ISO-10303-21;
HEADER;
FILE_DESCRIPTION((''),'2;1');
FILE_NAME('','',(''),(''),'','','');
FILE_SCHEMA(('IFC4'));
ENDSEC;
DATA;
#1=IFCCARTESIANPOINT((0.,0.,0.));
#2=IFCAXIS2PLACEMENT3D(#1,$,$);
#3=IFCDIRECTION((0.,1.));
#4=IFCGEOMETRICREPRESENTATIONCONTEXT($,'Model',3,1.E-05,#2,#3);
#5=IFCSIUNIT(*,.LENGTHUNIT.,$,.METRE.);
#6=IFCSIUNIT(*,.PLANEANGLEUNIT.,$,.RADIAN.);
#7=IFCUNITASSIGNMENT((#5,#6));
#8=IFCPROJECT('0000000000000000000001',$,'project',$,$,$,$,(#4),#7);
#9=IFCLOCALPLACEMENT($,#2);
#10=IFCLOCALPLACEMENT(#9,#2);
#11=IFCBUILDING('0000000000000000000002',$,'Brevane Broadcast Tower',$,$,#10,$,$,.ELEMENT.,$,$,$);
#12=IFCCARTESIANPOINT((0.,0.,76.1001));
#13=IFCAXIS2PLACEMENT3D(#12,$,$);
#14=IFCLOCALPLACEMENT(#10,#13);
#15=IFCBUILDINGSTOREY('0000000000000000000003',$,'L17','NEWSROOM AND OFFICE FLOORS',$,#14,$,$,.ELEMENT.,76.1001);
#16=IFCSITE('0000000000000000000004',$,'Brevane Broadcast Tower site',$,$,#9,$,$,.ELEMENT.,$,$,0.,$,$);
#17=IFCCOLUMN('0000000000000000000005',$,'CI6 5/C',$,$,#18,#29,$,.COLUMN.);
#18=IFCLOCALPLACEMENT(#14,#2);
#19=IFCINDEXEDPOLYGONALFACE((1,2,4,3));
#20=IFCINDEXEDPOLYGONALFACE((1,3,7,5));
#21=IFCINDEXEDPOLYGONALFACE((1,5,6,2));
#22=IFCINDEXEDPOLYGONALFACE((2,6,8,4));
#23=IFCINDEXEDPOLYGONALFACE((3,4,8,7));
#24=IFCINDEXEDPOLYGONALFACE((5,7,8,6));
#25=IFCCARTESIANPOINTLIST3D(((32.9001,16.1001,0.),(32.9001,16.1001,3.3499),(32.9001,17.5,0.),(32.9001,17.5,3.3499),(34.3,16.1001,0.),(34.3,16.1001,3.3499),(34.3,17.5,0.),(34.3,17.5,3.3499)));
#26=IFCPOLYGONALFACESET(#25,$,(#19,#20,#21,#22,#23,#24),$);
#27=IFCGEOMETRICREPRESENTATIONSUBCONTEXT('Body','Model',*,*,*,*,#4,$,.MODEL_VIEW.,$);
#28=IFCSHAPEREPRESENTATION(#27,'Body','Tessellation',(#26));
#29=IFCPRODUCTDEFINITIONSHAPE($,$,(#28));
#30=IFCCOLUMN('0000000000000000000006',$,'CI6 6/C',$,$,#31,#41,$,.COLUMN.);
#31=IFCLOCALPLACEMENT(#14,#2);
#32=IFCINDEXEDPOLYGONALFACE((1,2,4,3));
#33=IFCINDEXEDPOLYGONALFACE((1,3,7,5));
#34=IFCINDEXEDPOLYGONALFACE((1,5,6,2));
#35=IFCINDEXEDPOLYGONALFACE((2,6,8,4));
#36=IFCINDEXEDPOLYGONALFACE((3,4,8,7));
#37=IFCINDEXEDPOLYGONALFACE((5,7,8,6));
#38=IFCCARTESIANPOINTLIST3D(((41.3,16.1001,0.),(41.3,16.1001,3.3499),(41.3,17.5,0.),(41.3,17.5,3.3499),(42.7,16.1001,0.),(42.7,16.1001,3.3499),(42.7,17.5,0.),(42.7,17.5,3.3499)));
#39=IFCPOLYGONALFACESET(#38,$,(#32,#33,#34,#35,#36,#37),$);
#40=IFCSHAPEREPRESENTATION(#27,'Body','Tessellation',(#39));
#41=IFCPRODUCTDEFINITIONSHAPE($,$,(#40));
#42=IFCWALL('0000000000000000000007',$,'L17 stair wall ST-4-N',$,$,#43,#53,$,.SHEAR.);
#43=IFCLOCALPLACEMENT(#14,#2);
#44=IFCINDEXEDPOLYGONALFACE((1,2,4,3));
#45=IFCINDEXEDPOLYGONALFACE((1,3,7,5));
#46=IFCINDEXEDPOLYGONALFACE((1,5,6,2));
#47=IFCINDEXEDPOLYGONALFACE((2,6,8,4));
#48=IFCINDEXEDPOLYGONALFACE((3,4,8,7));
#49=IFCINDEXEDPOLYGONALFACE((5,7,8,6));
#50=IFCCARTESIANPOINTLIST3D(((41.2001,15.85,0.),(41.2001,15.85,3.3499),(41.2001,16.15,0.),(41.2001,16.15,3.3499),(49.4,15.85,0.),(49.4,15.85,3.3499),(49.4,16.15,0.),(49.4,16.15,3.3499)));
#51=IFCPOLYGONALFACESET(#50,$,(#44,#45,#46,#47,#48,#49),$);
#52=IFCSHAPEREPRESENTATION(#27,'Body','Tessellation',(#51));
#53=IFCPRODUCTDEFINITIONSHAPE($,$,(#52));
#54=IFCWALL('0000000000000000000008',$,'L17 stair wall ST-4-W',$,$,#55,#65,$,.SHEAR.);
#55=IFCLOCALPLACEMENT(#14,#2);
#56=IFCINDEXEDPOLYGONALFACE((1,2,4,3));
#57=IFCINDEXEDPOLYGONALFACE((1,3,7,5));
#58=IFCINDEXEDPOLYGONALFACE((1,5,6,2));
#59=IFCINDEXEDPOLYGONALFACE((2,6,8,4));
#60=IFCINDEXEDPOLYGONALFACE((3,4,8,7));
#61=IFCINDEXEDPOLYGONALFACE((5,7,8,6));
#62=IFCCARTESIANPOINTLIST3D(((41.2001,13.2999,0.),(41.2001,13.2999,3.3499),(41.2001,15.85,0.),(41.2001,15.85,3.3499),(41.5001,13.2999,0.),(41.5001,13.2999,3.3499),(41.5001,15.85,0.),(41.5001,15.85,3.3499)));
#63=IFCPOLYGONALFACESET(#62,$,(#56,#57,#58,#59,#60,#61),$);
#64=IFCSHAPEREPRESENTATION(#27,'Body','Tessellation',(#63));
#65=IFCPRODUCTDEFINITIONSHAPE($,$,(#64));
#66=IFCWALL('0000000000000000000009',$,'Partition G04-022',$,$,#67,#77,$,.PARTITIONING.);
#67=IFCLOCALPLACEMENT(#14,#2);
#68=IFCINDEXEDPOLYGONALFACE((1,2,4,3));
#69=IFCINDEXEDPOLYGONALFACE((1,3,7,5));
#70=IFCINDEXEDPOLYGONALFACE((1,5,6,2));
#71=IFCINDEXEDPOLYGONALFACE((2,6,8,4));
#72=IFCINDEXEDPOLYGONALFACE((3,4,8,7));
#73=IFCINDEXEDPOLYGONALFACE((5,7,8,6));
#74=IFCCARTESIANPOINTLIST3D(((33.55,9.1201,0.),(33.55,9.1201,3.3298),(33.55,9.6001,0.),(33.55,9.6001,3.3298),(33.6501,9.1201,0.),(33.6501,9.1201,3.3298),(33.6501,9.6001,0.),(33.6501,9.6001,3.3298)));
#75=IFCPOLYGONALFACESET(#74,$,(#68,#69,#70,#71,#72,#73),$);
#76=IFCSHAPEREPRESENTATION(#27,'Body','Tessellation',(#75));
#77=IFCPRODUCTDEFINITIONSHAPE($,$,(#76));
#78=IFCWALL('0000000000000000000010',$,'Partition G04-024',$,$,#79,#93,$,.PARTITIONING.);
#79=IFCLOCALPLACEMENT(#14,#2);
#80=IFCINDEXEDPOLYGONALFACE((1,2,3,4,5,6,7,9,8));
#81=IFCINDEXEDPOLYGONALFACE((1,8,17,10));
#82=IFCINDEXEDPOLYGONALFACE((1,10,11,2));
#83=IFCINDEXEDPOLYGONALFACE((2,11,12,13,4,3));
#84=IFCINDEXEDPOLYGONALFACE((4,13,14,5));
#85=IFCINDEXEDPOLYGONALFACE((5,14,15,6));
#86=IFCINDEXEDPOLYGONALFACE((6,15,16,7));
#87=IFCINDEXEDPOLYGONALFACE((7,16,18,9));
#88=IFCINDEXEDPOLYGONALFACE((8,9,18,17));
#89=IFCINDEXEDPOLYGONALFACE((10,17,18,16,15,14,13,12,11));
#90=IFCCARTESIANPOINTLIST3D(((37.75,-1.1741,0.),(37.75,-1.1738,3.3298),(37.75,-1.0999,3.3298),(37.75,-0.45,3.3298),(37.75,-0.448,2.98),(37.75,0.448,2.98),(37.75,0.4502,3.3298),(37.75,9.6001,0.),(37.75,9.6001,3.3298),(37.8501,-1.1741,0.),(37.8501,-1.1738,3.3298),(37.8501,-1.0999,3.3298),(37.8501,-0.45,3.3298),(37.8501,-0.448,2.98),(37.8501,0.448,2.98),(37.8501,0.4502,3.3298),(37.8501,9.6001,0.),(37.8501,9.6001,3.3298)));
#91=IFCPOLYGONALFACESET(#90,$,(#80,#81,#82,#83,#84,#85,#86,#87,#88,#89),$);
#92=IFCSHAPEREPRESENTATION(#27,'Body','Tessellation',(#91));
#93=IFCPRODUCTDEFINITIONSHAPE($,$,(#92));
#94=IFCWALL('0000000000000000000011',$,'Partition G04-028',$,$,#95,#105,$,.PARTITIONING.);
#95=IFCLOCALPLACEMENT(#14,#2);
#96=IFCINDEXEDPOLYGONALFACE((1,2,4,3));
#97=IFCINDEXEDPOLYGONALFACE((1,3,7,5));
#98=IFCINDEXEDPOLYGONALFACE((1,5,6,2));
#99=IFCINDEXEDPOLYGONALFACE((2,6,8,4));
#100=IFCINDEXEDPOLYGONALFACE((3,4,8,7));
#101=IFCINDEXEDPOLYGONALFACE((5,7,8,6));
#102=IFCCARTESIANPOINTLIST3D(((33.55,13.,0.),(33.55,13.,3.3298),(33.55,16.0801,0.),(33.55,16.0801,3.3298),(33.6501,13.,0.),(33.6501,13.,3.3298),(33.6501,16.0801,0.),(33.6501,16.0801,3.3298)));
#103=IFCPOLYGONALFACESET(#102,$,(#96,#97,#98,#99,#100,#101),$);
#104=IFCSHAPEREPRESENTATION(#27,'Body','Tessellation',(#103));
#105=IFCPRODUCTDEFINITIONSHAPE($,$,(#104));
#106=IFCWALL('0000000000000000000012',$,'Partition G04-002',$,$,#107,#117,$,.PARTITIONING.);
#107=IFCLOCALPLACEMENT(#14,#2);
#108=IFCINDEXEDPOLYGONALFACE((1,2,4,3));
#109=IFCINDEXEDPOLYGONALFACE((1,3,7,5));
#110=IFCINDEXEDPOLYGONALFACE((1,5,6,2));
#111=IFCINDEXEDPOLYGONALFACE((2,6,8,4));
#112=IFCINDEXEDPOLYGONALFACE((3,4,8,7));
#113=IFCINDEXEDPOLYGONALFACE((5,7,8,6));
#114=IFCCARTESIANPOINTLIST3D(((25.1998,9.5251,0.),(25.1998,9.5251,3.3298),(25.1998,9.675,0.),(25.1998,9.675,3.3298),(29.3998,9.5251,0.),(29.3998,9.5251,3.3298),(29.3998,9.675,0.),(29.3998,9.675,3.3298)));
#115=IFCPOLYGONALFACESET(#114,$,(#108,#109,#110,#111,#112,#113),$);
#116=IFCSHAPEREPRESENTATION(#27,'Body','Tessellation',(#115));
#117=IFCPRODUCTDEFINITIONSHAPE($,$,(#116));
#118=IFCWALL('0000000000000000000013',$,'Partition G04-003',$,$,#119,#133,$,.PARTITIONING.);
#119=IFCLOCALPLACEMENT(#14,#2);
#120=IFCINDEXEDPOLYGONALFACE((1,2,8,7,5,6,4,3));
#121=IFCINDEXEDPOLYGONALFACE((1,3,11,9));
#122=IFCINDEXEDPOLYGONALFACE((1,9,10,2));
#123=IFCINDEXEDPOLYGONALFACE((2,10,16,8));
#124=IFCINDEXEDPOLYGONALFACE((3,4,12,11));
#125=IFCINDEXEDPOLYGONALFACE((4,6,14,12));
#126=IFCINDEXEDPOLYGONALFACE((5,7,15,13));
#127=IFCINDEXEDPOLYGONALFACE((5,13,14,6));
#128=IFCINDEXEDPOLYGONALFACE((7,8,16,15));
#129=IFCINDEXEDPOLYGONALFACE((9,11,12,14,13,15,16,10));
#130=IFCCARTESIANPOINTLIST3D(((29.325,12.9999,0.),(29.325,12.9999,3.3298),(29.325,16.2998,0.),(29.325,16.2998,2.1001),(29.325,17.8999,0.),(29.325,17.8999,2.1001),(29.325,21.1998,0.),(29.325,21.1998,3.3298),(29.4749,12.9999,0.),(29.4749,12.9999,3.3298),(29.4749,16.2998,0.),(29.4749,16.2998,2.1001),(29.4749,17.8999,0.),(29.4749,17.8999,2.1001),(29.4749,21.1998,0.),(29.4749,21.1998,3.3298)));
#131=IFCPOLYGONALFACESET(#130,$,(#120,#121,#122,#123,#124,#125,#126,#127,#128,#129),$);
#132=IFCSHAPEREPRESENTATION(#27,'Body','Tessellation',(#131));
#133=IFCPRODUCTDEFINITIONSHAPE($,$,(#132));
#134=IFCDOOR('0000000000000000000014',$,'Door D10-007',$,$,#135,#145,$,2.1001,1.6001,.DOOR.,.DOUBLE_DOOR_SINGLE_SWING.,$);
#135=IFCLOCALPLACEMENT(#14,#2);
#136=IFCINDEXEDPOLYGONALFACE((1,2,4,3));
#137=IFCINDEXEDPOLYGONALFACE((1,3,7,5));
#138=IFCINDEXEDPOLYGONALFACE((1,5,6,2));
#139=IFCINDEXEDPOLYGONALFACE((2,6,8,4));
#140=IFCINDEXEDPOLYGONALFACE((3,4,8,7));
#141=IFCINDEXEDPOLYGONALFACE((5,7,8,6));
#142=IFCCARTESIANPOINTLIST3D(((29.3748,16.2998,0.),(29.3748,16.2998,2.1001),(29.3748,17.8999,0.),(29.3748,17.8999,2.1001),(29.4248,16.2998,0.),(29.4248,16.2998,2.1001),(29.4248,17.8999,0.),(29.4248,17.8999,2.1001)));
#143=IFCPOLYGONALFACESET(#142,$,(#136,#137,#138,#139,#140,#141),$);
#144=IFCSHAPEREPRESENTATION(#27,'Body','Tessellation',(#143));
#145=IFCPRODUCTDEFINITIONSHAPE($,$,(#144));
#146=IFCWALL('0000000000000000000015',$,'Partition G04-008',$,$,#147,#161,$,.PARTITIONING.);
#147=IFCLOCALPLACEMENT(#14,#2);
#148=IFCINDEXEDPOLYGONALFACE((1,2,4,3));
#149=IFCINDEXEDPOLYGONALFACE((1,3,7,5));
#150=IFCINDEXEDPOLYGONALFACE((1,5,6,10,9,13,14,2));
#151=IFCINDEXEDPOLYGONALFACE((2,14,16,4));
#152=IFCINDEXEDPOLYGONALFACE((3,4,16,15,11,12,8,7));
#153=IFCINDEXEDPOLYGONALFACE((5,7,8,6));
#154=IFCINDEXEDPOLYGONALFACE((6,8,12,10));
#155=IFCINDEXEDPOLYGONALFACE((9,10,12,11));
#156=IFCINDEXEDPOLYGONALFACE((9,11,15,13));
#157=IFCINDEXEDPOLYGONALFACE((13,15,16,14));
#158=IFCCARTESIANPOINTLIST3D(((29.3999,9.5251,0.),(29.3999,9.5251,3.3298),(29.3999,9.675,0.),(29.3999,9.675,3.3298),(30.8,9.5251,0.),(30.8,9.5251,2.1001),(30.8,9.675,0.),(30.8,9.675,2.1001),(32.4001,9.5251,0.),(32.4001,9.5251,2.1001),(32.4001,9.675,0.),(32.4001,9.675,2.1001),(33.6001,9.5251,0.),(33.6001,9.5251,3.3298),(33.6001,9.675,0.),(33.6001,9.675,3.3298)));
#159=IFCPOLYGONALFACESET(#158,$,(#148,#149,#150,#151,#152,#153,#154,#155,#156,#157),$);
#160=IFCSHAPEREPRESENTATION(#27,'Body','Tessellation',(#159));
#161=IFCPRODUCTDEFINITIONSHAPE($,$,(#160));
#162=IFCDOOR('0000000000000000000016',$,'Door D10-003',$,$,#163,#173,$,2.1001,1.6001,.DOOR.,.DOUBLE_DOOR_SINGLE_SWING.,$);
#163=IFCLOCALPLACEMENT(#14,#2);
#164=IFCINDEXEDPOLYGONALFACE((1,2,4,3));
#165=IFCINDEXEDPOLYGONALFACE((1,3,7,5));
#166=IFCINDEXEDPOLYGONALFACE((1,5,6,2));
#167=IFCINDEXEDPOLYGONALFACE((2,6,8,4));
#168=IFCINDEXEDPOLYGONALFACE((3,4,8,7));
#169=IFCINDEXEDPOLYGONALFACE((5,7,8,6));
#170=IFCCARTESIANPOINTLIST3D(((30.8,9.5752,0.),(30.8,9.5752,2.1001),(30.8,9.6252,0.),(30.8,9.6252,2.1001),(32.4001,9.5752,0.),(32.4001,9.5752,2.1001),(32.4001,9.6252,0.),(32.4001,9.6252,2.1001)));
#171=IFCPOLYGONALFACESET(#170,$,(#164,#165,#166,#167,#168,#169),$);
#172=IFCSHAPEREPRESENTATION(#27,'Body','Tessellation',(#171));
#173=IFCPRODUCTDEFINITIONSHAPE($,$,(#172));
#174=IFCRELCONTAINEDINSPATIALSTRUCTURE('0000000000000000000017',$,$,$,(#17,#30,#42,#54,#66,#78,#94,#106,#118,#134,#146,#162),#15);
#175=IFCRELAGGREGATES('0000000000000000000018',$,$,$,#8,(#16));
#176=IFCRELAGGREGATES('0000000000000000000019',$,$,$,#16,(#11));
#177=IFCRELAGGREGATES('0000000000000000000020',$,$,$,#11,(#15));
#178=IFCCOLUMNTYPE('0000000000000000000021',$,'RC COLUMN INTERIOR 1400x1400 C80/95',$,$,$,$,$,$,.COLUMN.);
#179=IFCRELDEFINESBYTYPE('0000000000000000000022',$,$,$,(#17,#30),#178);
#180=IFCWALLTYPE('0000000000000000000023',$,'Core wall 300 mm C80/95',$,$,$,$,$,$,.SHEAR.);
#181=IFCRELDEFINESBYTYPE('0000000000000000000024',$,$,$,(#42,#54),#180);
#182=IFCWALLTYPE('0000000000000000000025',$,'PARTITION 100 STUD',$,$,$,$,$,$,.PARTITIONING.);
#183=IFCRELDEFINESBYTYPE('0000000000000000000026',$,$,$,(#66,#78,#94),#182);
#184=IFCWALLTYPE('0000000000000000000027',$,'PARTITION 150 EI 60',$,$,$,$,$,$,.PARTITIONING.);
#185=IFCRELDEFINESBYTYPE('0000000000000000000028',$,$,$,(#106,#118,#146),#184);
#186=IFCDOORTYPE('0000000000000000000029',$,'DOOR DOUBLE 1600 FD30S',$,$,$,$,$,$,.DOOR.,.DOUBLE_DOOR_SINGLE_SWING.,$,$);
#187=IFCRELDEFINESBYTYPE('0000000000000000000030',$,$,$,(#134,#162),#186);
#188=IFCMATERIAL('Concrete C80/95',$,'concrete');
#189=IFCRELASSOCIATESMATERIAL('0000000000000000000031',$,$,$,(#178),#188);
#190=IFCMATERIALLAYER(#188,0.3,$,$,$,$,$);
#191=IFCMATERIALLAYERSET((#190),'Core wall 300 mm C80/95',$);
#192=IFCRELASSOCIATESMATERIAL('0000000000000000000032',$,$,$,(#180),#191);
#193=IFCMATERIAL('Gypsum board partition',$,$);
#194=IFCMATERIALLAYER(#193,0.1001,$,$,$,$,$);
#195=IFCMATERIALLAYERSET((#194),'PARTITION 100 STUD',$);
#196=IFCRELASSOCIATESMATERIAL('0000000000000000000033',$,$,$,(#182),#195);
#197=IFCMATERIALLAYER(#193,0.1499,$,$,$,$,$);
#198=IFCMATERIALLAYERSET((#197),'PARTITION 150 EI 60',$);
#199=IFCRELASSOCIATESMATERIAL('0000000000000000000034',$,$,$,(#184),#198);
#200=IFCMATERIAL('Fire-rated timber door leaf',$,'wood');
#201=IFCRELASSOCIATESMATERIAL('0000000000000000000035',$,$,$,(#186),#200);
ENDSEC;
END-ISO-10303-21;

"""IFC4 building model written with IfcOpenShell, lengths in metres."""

from ifc_helpers import new_model, si_unit, direction, frame, frame_2d, origin, origin_2d, place, context, subcontext, project, spatial, polyline, rectangle, outline, extrude, material, layer, layer_set, material_profile, profile_set, type_object, element, fill, save


model = new_model("IFC4")

# Units and contexts
model_context = context("Model", 3, precision=1e-05, world=origin(), true_north=direction((0.0, 1.0)))
body_context = subcontext(model_context, "Body", "Model", "MODEL_VIEW")
ifc_project = project(units=[si_unit("LENGTHUNIT", "METRE"), si_unit("PLANEANGLEUNIT", "RADIAN")], contexts=[model_context])

# Site, building, storey
site_placement = place(None, origin())
site = spatial("IfcSite", under=ifc_project, at=site_placement, Name="Brevane Broadcast Tower site", CompositionType="ELEMENT", RefElevation=0.0)
building_placement = place(site_placement, origin())
building = spatial("IfcBuilding", under=site, at=building_placement, Name="Brevane Broadcast Tower", CompositionType="ELEMENT")
storey_placement = place(building_placement, frame((0.0, 0.0, 76.1001)))
storey = spatial("IfcBuildingStorey", under=building, at=storey_placement, Name="L17", Description="NEWSROOM AND OFFICE FLOORS", CompositionType="ELEMENT", Elevation=76.1001)

# Columns
ifc_material_1 = material(Name="Concrete C80/95", Category="concrete")
ifc_material_profile = material_profile(ifc_material_1, rectangle(XDim=1.3999, YDim=1.3999, at=origin_2d()), Name="RC 1400x1400")
ifc_profile_set = profile_set([ifc_material_profile], Name="Concrete C80/95")
column_type = type_object("IfcColumnType", Name="RC COLUMN INTERIOR 1400x1400 C80/95", PredefinedType="COLUMN", material=ifc_profile_set)
for number, where, z_axis, x_axis, name in (
    (1, (33.6001, 16.8, 0.0), (0.0, 0.0, 1.0), (1.0, 0.0, 0.0), "CI6 5/C"),
    (2, (42.0, 16.8, 0.0), (0.0, 0.0, 1.0), (1.0, 0.0, 0.0), "CI6 6/C"),
):
    element("IfcColumn", number, at=place(storey_placement, frame(where, z_axis=z_axis, x_axis=x_axis)), inside=storey, type_object=column_type, Name=name, PredefinedType="COLUMN", context=body_context, shape_type="SweptSolid", body=[
        extrude(rectangle(XDim=1.3999, YDim=1.3999, at=origin_2d()), origin(), (0.0, 0.0, 1.0), 3.3499),
    ])

# Walls
ifc_layer_1 = layer(ifc_material_1, 0.3)
ifc_layer_set_1 = layer_set([ifc_layer_1], Name="Core wall 300 mm C80/95")
wall_type_1 = type_object("IfcWallType", Name="Core wall 300 mm C80/95", PredefinedType="SHEAR", material=ifc_layer_set_1)
wall_1_placement = place(storey_placement, frame((41.2, 16.0, 0.0), z_axis=(0.0, 0.0, 1.0), x_axis=(1.0, 0.0, 0.0)))
element("IfcWall", 3, at=wall_1_placement, inside=storey, type_object=wall_type_1, Name="L17 stair wall ST-4-N", PredefinedType="SHEAR", context=body_context, shape_type="SweptSolid", body=[
    extrude(rectangle(XDim=8.2, YDim=0.3, at=frame_2d((4.1001, 0.0))), origin(), (0.0, 0.0, 1.0), 3.3499),
])
wall_2_placement = place(storey_placement, frame((41.3501, 13.3, 0.0), z_axis=(0.0, 0.0, 1.0), x_axis=(0.0, 1.0, 0.0)))
element("IfcWall", 4, at=wall_2_placement, inside=storey, type_object=wall_type_1, Name="L17 stair wall ST-4-W", PredefinedType="SHEAR", context=body_context, shape_type="SweptSolid", body=[
    extrude(rectangle(XDim=2.55, YDim=0.3, at=frame_2d((1.2749, 0.0))), origin(), (0.0, 0.0, 1.0), 3.3499),
])
ifc_material_2 = material(Name="Gypsum board partition")
ifc_layer_2 = layer(ifc_material_2, 0.1001)
ifc_layer_set_2 = layer_set([ifc_layer_2], Name="PARTITION 100 STUD")
wall_type_2 = type_object("IfcWallType", Name="PARTITION 100 STUD", PredefinedType="PARTITIONING", material=ifc_layer_set_2)
wall_3_placement = place(storey_placement, frame((33.6001, 9.6001, 0.0), z_axis=(0.0, 0.0, 1.0), x_axis=(0.0, -1.0, 0.0)))
element("IfcWall", 5, at=wall_3_placement, inside=storey, type_object=wall_type_2, Name="Partition G04-022", PredefinedType="PARTITIONING", context=body_context, shape_type="SweptSolid", body=[
    extrude(rectangle(XDim=0.48, YDim=0.1001, at=frame_2d((0.24, 0.0))), origin(), (0.0, 0.0, 1.0), 3.3298),
])
wall_4_placement = place(storey_placement, frame((37.8, 9.6001, 0.0), z_axis=(0.0, 0.0, 1.0), x_axis=(0.0, -1.0, 0.0)))
element("IfcWall", 6, at=wall_4_placement, inside=storey, type_object=wall_type_2, Name="Partition G04-024", PredefinedType="PARTITIONING", context=body_context, shape_type="SweptSolid", body=[
    extrude(outline(polyline([(0.0, 0.0), (10.7742, 0.0), (10.7739, 3.3298), (10.7, 3.3298), (10.05, 3.3298), (10.0481, 2.98), (9.1521, 2.98), (9.1499, 3.3298), (0.0, 3.3298), (0.0, 0.0)])), frame((0.0, 0.05, 0.0), z_axis=(0.0, -1.0, 0.0), x_axis=(1.0, 0.0, 0.0)), (0.0, 0.0, 1.0), 0.1001),
])
wall_5_placement = place(storey_placement, frame((33.6001, 16.0801, 0.0), z_axis=(0.0, 0.0, 1.0), x_axis=(0.0, -1.0, 0.0)))
element("IfcWall", 7, at=wall_5_placement, inside=storey, type_object=wall_type_2, Name="Partition G04-028", PredefinedType="PARTITIONING", context=body_context, shape_type="SweptSolid", body=[
    extrude(rectangle(XDim=3.0801, YDim=0.1001, at=frame_2d((1.54, 0.0))), origin(), (0.0, 0.0, 1.0), 3.3298),
])
ifc_layer_3 = layer(ifc_material_2, 0.1499)
ifc_layer_set_3 = layer_set([ifc_layer_3], Name="PARTITION 150 EI 60")
wall_type_3 = type_object("IfcWallType", Name="PARTITION 150 EI 60", PredefinedType="PARTITIONING", material=ifc_layer_set_3)
wall_6_placement = place(storey_placement, frame((29.3999, 9.6001, 0.0), z_axis=(0.0, 0.0, 1.0), x_axis=(-1.0, 0.0, 0.0)))
element("IfcWall", 8, at=wall_6_placement, inside=storey, type_object=wall_type_3, Name="Partition G04-002", PredefinedType="PARTITIONING", context=body_context, shape_type="SweptSolid", body=[
    extrude(rectangle(XDim=4.2, YDim=0.1499, at=frame_2d((2.1001, 0.0))), origin(), (0.0, 0.0, 1.0), 3.3298),
])

# Walls, openings, doors
wall_7_placement = place(storey_placement, frame((29.3999, 21.2, 0.0), z_axis=(0.0, 0.0, 1.0), x_axis=(0.0, -1.0, 0.0)))
wall_7 = element("IfcWall", 9, at=wall_7_placement, inside=storey, type_object=wall_type_3, Name="Partition G04-003", PredefinedType="PARTITIONING", context=body_context, shape_type="SweptSolid", body=[
    extrude(rectangle(XDim=8.2, YDim=0.1499, at=frame_2d((4.1001, 0.0))), origin(), (0.0, 0.0, 1.0), 3.3298),
])
opening_1_placement = place(wall_7_placement, frame((3.3, 0.0, 0.0)))
opening_1 = element("IfcOpeningElement", 10, at=opening_1_placement, cuts=wall_7, PredefinedType="OPENING", context=body_context, shape_type="SweptSolid", body=[
    extrude(rectangle(XDim=1.6001, YDim=2.1001, at=frame_2d((0.8, 1.05))), frame((0.0, 0.085, 0.0), z_axis=(0.0, -1.0, 0.0), x_axis=(1.0, 0.0, 0.0)), (0.0, 0.0, 1.0), 0.1699),
])
ifc_material_3 = material(Name="Fire-rated timber door leaf", Category="wood")
door_type_1 = type_object("IfcDoorType", Name="DOOR DOUBLE 1600 FD30S", OperationType="DOUBLE_DOOR_SINGLE_SWING", PredefinedType="DOOR", material=ifc_material_3)
door_1_placement = place(opening_1_placement, origin())
door_1 = element("IfcDoor", 11, at=door_1_placement, inside=storey, type_object=door_type_1, Name="Door D10-007", OperationType="DOUBLE_DOOR_SINGLE_SWING", OverallHeight=2.1001, OverallWidth=1.6001, PredefinedType="DOOR", context=body_context, shape_type="SweptSolid", body=[
    extrude(rectangle(XDim=1.6001, YDim=2.1001, at=frame_2d((0.8, 1.05))), frame((0.0, 0.0249, 0.0), z_axis=(0.0, -1.0, 0.0), x_axis=(1.0, 0.0, 0.0)), (0.0, 0.0, 1.0), 0.05),
])
fill(opening_1, door_1)
wall_8_placement = place(storey_placement, frame((33.6001, 9.6001, 0.0), z_axis=(0.0, 0.0, 1.0), x_axis=(-1.0, 0.0, 0.0)))
wall_8 = element("IfcWall", 12, at=wall_8_placement, inside=storey, type_object=wall_type_3, Name="Partition G04-008", PredefinedType="PARTITIONING", context=body_context, shape_type="SweptSolid", body=[
    extrude(rectangle(XDim=4.2002, YDim=0.1499, at=frame_2d((2.1001, 0.0))), origin(), (0.0, 0.0, 1.0), 3.3298),
])
opening_2_placement = place(wall_8_placement, frame((1.2, 0.0, 0.0)))
opening_2 = element("IfcOpeningElement", 13, at=opening_2_placement, cuts=wall_8, PredefinedType="OPENING", context=body_context, shape_type="SweptSolid", body=[
    extrude(rectangle(XDim=1.6001, YDim=2.1001, at=frame_2d((0.8, 1.05))), frame((0.0, 0.085, 0.0), z_axis=(0.0, -1.0, 0.0), x_axis=(1.0, 0.0, 0.0)), (0.0, 0.0, 1.0), 0.1699),
])
door_2_placement = place(opening_2_placement, origin())
door_2 = element("IfcDoor", 14, at=door_2_placement, inside=storey, type_object=door_type_1, Name="Door D10-003", OperationType="DOUBLE_DOOR_SINGLE_SWING", OverallHeight=2.1001, OverallWidth=1.6001, PredefinedType="DOOR", context=body_context, shape_type="SweptSolid", body=[
    extrude(rectangle(XDim=1.6001, YDim=2.1001, at=frame_2d((0.8, 1.05))), frame((0.0, 0.0249, 0.0), z_axis=(0.0, -1.0, 0.0), x_axis=(1.0, 0.0, 0.0)), (0.0, 0.0, 1.0), 0.05),
])
fill(opening_2, door_2)

save(model, "model.ifc")
